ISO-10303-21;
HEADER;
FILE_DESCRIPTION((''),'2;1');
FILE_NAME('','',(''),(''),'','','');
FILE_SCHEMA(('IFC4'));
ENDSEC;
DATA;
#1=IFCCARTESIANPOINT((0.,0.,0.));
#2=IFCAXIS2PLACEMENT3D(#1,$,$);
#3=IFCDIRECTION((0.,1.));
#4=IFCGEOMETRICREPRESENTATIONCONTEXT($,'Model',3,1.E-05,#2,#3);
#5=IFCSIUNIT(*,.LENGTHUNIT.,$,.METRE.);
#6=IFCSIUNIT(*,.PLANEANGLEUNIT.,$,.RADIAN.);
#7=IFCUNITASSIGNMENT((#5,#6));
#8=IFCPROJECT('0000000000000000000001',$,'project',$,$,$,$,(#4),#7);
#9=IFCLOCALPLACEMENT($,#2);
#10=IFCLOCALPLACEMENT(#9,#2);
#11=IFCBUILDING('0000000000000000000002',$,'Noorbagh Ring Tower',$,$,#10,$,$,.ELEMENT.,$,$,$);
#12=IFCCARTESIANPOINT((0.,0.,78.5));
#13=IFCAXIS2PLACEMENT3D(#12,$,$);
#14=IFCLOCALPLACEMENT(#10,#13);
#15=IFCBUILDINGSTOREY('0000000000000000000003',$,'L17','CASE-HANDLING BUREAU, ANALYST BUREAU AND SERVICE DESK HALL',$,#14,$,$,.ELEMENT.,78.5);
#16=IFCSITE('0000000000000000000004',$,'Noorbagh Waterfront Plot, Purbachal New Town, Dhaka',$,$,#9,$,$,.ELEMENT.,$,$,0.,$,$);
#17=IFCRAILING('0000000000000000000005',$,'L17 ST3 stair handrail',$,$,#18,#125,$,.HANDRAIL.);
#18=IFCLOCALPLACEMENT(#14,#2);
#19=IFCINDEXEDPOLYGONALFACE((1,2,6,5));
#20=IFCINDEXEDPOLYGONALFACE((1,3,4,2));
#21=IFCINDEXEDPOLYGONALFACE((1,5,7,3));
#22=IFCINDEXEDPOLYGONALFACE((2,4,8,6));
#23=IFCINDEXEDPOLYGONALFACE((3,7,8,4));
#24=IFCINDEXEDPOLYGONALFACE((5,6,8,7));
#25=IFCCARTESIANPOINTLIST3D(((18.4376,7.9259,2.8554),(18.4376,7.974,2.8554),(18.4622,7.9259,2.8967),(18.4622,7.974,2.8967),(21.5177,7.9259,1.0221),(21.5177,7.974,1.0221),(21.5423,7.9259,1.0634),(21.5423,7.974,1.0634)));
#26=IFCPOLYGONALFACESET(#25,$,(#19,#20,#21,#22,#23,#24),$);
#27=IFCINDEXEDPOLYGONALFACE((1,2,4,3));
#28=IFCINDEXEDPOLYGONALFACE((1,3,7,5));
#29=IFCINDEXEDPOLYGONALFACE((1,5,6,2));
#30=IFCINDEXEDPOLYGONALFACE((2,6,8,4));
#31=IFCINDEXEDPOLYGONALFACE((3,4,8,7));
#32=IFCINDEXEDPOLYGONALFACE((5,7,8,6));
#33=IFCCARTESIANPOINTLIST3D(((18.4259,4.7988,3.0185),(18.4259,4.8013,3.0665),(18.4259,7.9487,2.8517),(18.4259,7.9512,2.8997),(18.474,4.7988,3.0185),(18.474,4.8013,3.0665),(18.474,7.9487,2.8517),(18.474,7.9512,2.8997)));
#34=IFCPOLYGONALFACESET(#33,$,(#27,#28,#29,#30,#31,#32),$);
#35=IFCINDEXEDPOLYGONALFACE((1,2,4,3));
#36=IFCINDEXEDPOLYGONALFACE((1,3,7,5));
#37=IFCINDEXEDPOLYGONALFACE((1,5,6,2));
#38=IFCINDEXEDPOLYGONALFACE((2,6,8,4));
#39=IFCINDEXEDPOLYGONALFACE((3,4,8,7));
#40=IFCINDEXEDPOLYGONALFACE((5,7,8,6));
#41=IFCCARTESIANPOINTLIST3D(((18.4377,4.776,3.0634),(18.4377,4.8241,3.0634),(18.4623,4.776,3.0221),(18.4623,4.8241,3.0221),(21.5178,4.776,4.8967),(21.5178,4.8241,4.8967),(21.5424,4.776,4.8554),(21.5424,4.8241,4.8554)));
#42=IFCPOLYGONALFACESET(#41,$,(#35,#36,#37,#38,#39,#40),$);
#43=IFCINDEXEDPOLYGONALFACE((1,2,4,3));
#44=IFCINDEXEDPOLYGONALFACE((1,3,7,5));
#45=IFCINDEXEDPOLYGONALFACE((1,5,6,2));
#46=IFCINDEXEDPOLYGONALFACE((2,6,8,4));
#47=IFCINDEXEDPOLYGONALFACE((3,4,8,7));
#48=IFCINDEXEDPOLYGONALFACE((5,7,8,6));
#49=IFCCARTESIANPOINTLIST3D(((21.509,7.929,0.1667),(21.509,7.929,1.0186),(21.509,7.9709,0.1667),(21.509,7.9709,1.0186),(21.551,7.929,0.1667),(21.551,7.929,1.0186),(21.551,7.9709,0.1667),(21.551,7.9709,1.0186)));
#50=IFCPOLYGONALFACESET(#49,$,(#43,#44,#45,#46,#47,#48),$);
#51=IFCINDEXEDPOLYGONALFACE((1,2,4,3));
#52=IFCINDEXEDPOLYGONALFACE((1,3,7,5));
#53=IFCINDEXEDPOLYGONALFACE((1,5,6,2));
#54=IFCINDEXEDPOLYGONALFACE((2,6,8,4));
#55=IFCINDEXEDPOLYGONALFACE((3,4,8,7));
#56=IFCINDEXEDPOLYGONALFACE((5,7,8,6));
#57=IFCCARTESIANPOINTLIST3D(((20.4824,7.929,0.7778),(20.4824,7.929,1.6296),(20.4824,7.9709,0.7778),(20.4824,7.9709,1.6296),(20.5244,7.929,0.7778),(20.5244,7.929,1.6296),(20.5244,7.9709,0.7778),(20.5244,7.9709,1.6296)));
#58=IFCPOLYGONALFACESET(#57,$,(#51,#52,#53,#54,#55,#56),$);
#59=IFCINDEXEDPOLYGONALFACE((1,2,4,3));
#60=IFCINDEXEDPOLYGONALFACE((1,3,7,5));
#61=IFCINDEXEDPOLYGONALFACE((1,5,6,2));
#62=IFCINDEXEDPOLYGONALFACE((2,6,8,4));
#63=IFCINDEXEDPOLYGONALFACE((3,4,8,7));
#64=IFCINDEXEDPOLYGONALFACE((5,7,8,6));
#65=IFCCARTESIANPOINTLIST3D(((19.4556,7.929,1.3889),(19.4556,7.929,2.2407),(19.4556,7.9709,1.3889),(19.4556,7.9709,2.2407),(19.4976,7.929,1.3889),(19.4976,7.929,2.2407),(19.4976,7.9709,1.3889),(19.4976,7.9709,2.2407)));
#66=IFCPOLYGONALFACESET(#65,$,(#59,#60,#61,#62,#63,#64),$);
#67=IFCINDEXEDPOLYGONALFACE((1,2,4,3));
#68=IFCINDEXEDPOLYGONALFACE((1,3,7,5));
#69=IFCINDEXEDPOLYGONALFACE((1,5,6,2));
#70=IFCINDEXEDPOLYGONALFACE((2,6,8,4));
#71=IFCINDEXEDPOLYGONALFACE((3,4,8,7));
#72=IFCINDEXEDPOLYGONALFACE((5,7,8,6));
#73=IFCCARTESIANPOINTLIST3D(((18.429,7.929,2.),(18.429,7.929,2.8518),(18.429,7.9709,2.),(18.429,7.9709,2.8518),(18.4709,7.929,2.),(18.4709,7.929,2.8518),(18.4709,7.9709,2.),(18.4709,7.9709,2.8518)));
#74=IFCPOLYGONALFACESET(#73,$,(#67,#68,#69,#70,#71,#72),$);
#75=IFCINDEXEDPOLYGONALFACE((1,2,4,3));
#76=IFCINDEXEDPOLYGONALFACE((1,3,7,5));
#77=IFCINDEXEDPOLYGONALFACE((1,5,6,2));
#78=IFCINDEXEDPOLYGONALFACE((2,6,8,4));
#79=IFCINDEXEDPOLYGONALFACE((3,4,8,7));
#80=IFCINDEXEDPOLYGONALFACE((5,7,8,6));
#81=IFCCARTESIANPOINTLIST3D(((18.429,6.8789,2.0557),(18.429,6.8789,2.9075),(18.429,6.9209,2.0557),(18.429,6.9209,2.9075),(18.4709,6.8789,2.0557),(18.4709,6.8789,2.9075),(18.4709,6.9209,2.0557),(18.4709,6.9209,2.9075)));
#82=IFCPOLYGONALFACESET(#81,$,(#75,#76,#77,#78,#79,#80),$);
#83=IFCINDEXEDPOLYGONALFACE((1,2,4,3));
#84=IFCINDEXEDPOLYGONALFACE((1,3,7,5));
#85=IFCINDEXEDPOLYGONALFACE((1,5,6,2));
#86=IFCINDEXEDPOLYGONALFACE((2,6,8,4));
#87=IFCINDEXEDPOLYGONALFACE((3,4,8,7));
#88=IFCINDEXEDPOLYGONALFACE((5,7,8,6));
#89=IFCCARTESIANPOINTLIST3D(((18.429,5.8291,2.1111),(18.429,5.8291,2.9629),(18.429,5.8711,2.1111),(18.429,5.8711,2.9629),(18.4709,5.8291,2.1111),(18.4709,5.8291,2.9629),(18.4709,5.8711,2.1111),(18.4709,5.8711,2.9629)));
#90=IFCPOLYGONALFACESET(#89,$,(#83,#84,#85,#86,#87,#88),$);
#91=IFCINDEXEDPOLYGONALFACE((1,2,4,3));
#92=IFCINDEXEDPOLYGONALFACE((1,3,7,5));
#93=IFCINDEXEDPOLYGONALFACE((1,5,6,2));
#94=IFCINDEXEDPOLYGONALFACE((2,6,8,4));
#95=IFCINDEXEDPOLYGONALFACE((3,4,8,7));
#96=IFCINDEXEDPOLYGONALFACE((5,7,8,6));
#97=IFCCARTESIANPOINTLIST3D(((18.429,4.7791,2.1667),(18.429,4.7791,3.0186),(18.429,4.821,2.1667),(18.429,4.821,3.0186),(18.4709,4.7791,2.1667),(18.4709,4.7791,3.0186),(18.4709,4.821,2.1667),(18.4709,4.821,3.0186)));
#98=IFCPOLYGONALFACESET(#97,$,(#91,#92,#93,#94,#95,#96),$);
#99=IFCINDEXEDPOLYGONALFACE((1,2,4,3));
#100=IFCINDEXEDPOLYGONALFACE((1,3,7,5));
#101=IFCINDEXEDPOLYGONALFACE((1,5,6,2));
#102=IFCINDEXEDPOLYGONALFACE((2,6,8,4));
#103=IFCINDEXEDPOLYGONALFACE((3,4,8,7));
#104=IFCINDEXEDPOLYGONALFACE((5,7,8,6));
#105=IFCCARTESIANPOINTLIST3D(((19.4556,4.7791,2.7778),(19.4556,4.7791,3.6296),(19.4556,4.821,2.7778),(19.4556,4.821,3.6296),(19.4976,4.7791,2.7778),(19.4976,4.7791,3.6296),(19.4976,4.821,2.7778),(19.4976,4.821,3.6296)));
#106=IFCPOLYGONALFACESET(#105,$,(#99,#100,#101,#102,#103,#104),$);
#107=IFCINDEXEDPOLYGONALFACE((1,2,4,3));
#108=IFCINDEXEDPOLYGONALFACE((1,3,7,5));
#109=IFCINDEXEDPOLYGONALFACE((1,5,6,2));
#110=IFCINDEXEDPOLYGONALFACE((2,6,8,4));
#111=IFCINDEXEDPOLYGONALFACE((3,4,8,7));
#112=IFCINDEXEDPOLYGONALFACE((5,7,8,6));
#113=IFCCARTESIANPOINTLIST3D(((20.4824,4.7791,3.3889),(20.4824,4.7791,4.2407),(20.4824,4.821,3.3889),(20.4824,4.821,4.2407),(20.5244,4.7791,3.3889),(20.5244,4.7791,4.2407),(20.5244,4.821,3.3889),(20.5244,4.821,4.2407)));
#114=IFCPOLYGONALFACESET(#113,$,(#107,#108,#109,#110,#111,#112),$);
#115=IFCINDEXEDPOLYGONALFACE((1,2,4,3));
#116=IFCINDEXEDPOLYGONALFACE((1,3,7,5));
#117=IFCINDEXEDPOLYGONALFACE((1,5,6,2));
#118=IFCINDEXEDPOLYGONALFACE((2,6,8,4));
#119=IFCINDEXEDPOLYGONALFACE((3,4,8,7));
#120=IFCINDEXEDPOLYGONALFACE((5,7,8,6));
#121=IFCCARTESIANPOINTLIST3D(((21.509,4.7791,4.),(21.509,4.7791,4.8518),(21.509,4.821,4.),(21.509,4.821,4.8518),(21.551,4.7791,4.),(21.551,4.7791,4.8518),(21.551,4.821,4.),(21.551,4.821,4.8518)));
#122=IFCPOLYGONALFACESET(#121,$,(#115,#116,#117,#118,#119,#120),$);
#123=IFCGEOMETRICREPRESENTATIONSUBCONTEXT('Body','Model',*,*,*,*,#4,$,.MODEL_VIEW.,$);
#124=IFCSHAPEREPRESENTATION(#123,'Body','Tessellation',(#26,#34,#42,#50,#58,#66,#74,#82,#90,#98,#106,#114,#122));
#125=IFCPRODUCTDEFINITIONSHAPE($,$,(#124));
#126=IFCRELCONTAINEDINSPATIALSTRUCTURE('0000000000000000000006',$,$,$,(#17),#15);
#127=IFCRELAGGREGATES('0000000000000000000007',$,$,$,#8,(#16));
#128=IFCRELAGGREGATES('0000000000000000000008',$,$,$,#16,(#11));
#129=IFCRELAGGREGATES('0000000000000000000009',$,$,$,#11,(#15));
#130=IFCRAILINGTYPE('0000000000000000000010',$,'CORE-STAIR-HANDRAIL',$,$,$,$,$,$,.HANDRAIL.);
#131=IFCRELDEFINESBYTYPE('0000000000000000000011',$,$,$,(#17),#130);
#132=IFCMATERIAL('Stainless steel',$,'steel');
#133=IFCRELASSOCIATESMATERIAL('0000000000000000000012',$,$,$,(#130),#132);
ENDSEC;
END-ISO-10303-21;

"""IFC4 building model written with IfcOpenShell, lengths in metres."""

from ifc_helpers import new_model, si_unit, direction, frame, origin, origin_2d, place, context, subcontext, project, spatial, rectangle, extrude, material, type_object, element, save


model = new_model("IFC4")

# Units and contexts
model_context = context("Model", 3, precision=1e-05, world=origin(), true_north=direction((0.0, 1.0)))
body_context = subcontext(model_context, "Body", "Model", "MODEL_VIEW")
ifc_project = project(units=[si_unit("LENGTHUNIT", "METRE"), si_unit("PLANEANGLEUNIT", "RADIAN")], contexts=[model_context])

# Site, building, storey
site_placement = place(None, origin())
site = spatial("IfcSite", under=ifc_project, at=site_placement, Name="Noorbagh Waterfront Plot, Purbachal New Town, Dhaka", CompositionType="ELEMENT", RefElevation=0.0)
building_placement = place(site_placement, origin())
building = spatial("IfcBuilding", under=site, at=building_placement, Name="Noorbagh Ring Tower", CompositionType="ELEMENT")
storey_placement = place(building_placement, frame((0.0, 0.0, 78.5)))
storey = spatial("IfcBuildingStorey", under=building, at=storey_placement, Name="L17", Description="CASE-HANDLING BUREAU, ANALYST BUREAU AND SERVICE DESK HALL", CompositionType="ELEMENT", Elevation=78.5)

# Railing
ifc_material_1 = material(Name="Stainless steel", Category="steel")
railing_type_1 = type_object("IfcRailingType", Name="CORE-STAIR-HANDRAIL", PredefinedType="HANDRAIL", material=ifc_material_1)
railing_1_placement = place(storey_placement, frame((21.53, 7.95, 0.1667)))
element("IfcRailing", 1, at=railing_1_placement, inside=storey, type_object=railing_type_1, Name="L17 ST3 stair handrail", PredefinedType="HANDRAIL", context=body_context, shape_type="SweptSolid", body=[
    extrude(rectangle(XDim=0.0481, YDim=0.0481, at=origin_2d()), frame((0.0, 0.0, 0.876), z_axis=(-0.859309, 0.0, 0.511458), x_axis=(0.0, -1.0, 0.0)), (0.0, 0.0, 1.0), 3.5845),
    extrude(rectangle(XDim=0.0481, YDim=0.0481, at=origin_2d()), frame((-3.0801, 0.0, 2.709), z_axis=(0.0, -0.998602, 0.052864), x_axis=(1.0, 0.0, 0.0)), (0.0, 0.0, 1.0), 3.1543),
    extrude(rectangle(XDim=0.0481, YDim=0.0481, at=origin_2d()), frame((-3.0801, -3.1499, 2.876), z_axis=(0.859309, 0.0, 0.511458), x_axis=(0.0, 1.0, 0.0)), (0.0, 0.0, 1.0), 3.5845),
    extrude(rectangle(XDim=0.042, YDim=0.042, at=origin_2d()), origin(), (0.0, 0.0, 1.0), 0.8518),
    extrude(rectangle(XDim=0.042, YDim=0.042, at=origin_2d()), frame((-1.0266, 0.0, 0.6111)), (0.0, 0.0, 1.0), 0.8518),
    extrude(rectangle(XDim=0.042, YDim=0.042, at=origin_2d()), frame((-2.0535, 0.0, 1.2222)), (0.0, 0.0, 1.0), 0.8518),
    extrude(rectangle(XDim=0.042, YDim=0.042, at=origin_2d()), frame((-3.0801, 0.0, 1.8333)), (0.0, 0.0, 1.0), 0.8518),
    extrude(rectangle(XDim=0.042, YDim=0.042, at=origin_2d()), frame((-3.0801, -1.05, 1.8889)), (0.0, 0.0, 1.0), 0.8518),
    extrude(rectangle(XDim=0.042, YDim=0.042, at=origin_2d()), frame((-3.0801, -2.0999, 1.9443)), (0.0, 0.0, 1.0), 0.8518),
    extrude(rectangle(XDim=0.042, YDim=0.042, at=origin_2d()), frame((-3.0801, -3.1499, 2.0)), (0.0, 0.0, 1.0), 0.8518),
    extrude(rectangle(XDim=0.042, YDim=0.042, at=origin_2d()), frame((-2.0535, -3.1499, 2.6111)), (0.0, 0.0, 1.0), 0.8518),
    extrude(rectangle(XDim=0.042, YDim=0.042, at=origin_2d()), frame((-1.0266, -3.1499, 3.2222)), (0.0, 0.0, 1.0), 0.8518),
    extrude(rectangle(XDim=0.042, YDim=0.042, at=origin_2d()), frame((0.0, -3.1499, 3.8333)), (0.0, 0.0, 1.0), 0.8518),
])

save(model, "model.ifc")
